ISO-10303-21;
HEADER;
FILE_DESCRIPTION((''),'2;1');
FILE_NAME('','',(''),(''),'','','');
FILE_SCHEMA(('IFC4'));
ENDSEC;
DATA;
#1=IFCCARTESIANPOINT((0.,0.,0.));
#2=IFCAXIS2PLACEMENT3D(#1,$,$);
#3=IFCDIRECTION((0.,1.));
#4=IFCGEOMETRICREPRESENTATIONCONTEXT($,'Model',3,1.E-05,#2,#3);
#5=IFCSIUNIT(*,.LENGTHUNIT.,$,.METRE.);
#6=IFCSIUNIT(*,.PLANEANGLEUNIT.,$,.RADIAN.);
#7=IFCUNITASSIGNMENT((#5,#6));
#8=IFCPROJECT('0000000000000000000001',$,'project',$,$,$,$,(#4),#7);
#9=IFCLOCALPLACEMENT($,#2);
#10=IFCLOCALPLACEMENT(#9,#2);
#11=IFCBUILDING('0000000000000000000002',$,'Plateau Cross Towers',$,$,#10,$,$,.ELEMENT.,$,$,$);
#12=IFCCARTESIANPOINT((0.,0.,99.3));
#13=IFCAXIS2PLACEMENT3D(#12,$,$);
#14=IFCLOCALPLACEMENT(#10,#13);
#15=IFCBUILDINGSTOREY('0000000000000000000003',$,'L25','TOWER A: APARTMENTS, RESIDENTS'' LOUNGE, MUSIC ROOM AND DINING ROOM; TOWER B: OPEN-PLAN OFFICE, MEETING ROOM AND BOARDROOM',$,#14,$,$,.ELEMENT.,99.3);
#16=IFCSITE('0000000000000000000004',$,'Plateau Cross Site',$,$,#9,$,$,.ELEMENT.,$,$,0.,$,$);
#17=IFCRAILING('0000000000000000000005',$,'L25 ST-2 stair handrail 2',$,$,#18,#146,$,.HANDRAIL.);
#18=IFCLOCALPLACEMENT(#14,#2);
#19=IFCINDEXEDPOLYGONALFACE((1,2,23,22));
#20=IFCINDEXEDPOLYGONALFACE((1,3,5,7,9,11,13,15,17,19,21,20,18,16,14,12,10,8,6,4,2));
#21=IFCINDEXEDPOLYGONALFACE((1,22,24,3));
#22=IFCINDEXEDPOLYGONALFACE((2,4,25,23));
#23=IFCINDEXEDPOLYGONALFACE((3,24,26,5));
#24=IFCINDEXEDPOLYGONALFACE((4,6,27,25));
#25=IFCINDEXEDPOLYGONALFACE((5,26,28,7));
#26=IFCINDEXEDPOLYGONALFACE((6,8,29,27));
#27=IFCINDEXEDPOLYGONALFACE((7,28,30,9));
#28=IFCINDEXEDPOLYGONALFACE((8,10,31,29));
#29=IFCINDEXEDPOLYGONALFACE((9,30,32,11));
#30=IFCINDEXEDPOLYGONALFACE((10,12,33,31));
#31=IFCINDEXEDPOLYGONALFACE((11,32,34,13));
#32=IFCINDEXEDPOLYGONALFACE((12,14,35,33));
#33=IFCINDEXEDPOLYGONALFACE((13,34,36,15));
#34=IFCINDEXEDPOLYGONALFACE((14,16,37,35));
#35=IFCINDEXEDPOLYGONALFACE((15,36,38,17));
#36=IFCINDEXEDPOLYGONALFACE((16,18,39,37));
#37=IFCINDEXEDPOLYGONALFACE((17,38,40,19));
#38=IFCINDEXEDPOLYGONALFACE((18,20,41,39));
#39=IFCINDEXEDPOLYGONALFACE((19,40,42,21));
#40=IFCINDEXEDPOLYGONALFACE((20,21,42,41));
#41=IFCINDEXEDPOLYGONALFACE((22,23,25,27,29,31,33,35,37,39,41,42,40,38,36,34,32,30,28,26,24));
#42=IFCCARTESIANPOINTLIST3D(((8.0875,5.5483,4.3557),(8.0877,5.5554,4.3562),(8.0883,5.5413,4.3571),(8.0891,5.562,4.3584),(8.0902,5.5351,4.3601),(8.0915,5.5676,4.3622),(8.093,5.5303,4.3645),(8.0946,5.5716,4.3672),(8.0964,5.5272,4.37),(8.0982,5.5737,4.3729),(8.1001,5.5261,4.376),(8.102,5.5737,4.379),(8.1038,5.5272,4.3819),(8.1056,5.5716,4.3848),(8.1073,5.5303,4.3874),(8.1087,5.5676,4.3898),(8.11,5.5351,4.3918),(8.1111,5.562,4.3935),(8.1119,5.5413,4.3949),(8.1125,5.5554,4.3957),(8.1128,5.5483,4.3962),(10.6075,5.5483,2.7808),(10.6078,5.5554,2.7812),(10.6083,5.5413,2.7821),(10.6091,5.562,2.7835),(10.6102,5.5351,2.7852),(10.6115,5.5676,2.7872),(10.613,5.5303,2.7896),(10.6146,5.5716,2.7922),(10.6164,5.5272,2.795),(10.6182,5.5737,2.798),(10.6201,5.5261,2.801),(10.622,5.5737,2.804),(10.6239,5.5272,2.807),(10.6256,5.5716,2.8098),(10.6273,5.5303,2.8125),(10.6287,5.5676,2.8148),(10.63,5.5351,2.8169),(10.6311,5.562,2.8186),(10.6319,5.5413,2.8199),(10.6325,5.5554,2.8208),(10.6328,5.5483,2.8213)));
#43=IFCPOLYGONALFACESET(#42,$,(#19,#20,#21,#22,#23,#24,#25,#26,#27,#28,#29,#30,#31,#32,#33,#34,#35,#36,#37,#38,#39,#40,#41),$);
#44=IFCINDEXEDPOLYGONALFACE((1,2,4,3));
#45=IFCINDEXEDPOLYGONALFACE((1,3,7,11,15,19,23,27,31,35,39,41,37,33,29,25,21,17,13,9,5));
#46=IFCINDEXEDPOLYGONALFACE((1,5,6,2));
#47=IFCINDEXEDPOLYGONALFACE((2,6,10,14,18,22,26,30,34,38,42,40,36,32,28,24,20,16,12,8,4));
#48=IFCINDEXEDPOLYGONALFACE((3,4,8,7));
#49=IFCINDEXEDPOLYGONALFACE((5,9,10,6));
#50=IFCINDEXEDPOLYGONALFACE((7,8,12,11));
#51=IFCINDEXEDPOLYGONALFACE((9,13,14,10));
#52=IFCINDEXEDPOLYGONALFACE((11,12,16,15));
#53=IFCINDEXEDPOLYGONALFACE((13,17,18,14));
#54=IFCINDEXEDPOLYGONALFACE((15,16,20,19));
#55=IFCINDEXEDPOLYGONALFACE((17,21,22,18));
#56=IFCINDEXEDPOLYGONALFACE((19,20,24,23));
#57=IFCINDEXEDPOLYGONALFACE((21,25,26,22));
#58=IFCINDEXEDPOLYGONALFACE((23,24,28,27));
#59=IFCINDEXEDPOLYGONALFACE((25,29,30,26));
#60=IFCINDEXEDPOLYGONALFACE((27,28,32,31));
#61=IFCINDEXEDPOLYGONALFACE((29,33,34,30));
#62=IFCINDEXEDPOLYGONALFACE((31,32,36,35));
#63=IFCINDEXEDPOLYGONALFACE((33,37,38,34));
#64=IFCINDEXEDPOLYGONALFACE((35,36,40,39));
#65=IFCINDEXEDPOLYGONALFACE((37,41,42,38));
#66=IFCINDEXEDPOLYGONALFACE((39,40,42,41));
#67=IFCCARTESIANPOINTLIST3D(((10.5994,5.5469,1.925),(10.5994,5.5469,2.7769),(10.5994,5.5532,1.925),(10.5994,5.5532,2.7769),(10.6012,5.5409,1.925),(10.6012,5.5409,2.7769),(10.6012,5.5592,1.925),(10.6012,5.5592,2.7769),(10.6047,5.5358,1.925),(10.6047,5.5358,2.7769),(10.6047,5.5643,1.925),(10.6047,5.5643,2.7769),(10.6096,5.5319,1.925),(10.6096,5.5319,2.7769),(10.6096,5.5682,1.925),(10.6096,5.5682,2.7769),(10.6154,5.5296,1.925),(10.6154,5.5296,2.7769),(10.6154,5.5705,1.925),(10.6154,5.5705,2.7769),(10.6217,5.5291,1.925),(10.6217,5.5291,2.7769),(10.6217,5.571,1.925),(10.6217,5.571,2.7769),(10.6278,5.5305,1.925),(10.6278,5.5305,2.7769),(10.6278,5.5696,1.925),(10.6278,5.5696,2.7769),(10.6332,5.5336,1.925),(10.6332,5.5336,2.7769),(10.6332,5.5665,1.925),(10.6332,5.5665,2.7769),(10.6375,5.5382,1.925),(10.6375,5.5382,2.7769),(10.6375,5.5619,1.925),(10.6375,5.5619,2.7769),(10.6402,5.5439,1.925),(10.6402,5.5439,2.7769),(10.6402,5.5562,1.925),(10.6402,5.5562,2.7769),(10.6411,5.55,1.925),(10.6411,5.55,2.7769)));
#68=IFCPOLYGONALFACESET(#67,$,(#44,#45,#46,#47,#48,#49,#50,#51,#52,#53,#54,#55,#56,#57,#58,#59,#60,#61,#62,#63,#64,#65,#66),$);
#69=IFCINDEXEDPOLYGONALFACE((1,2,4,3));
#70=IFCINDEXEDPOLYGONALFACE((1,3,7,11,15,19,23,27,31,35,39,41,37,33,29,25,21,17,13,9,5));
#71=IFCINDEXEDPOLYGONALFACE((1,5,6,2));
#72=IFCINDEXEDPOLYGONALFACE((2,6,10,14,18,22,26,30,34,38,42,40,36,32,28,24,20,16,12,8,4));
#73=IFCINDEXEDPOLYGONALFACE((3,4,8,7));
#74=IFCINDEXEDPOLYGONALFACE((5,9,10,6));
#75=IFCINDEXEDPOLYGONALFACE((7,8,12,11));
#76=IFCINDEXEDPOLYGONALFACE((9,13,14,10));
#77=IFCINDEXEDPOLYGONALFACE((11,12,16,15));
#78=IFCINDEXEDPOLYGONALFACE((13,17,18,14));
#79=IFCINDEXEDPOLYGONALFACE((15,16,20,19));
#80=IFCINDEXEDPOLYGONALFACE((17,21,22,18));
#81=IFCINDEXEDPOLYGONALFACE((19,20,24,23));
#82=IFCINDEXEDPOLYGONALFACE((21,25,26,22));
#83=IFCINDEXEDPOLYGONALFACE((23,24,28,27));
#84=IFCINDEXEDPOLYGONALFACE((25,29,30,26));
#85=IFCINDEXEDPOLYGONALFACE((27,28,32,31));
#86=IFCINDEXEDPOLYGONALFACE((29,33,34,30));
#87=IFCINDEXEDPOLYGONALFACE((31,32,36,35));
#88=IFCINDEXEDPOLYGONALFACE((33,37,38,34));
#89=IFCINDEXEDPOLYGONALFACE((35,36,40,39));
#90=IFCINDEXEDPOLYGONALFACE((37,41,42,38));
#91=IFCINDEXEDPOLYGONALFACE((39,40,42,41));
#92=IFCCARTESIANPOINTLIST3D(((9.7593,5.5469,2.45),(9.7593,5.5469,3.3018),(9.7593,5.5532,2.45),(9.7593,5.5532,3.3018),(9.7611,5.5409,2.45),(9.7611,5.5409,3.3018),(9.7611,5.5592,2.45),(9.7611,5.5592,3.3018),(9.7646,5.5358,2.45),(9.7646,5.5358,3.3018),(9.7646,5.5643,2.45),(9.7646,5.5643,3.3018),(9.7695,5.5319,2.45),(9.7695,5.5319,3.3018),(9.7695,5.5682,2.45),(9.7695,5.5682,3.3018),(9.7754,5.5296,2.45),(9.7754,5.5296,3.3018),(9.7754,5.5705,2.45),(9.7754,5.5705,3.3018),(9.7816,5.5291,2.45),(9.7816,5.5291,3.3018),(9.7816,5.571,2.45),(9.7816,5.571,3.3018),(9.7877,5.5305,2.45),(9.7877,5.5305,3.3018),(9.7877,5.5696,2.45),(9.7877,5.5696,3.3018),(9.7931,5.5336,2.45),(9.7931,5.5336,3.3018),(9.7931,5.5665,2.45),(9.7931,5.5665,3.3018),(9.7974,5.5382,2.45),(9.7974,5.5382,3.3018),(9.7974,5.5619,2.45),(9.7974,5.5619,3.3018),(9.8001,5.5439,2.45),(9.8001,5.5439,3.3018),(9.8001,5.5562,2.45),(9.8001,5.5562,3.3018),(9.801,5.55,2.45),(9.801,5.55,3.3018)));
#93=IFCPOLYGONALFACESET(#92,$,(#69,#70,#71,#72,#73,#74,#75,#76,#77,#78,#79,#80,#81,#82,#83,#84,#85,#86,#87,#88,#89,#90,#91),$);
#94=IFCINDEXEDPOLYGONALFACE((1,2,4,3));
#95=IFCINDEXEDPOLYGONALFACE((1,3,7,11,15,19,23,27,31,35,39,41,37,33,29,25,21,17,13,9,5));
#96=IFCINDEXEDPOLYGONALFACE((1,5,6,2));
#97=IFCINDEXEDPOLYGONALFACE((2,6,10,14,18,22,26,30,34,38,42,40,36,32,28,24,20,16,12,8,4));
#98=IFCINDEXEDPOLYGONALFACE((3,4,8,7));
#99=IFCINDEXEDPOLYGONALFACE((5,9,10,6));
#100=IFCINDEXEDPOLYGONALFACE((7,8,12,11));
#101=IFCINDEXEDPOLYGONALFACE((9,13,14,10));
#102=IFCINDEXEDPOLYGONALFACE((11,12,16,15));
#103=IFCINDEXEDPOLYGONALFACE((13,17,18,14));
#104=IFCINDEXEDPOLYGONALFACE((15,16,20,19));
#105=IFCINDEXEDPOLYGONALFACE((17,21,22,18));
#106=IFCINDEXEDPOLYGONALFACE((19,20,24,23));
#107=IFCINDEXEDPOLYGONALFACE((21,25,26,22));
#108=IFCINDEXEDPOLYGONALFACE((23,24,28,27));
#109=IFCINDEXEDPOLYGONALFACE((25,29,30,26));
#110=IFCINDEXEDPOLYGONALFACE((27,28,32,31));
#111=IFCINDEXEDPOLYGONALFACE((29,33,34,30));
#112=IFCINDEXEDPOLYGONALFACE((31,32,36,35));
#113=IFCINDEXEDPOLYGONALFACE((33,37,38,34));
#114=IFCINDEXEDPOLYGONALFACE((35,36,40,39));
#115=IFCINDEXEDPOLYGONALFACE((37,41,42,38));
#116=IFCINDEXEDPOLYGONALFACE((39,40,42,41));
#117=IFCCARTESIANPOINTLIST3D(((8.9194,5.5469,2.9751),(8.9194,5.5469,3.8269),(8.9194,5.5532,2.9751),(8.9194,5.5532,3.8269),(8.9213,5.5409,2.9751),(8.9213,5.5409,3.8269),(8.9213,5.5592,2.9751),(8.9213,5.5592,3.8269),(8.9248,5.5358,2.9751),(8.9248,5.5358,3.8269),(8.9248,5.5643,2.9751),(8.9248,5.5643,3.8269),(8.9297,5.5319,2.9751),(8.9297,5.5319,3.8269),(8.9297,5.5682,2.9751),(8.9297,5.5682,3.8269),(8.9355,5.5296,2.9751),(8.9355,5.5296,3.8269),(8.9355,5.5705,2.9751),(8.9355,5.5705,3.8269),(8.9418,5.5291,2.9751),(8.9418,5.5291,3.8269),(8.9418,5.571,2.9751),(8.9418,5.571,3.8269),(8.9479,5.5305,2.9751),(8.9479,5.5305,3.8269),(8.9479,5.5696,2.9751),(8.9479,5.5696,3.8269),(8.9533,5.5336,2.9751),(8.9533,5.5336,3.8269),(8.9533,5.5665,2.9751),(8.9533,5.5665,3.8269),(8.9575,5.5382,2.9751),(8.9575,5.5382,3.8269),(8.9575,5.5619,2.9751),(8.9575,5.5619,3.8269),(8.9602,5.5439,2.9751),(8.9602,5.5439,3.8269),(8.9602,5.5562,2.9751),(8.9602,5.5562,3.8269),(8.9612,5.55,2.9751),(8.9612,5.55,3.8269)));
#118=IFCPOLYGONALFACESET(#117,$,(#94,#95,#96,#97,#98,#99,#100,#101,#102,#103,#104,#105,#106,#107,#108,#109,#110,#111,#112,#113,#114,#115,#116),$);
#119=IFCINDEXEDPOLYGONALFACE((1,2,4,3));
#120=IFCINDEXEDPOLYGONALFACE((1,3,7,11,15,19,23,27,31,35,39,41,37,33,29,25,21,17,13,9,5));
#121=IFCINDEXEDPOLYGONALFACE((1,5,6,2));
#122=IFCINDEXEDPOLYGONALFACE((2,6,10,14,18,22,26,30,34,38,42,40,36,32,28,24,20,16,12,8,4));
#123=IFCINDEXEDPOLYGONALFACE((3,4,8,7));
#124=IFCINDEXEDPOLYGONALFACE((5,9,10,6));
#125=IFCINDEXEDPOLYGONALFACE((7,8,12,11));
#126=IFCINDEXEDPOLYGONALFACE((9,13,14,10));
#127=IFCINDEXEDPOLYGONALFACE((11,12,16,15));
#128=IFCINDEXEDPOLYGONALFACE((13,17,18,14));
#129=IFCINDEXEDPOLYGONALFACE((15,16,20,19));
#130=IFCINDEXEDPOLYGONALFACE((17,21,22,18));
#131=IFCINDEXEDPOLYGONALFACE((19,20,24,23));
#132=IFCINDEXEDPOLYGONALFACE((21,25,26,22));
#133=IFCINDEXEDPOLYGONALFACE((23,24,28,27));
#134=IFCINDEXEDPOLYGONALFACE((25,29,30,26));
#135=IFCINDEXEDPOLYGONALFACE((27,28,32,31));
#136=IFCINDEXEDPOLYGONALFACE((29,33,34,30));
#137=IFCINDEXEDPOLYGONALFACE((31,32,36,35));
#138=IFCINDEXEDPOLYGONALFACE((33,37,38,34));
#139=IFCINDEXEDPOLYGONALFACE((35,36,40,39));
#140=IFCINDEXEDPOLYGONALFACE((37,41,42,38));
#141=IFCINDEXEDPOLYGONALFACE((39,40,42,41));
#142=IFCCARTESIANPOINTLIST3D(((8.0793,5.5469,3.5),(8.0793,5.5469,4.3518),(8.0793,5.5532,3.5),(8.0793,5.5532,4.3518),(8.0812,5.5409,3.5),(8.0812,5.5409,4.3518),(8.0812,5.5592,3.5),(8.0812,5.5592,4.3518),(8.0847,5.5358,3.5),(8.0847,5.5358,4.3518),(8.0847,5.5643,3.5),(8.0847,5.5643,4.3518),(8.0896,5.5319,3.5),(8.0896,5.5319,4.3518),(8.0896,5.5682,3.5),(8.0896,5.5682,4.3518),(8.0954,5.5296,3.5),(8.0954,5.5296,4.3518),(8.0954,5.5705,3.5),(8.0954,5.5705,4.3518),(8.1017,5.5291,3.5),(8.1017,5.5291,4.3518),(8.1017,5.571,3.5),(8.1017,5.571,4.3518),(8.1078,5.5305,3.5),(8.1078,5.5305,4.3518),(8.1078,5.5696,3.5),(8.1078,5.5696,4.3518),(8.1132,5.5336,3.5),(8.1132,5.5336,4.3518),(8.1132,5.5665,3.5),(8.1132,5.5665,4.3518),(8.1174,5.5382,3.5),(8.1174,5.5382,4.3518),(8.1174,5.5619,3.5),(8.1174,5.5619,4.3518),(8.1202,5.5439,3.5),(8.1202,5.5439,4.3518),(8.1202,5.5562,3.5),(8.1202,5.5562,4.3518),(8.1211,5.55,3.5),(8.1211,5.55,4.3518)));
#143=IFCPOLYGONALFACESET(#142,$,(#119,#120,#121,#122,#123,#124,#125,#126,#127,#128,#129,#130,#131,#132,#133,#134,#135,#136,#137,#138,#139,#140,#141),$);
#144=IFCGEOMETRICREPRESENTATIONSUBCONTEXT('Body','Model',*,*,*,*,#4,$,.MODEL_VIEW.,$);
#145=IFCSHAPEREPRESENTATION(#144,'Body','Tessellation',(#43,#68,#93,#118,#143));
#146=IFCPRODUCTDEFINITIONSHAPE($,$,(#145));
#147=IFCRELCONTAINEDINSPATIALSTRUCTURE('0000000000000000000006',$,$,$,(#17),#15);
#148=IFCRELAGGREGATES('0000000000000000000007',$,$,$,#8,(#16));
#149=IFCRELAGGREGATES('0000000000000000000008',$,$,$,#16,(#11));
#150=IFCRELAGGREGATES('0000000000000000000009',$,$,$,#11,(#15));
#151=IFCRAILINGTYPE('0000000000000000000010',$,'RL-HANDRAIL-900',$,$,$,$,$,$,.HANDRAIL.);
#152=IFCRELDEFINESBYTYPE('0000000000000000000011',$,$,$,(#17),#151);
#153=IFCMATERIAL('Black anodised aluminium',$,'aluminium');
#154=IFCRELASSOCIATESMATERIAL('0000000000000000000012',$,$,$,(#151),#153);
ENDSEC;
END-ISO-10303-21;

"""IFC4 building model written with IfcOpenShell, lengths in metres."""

from ifc_helpers import new_model, si_unit, direction, frame, origin, origin_2d, place, context, subcontext, project, spatial, circle, extrude, material, type_object, element, save


model = new_model("IFC4")

# Units and contexts
model_context = context("Model", 3, precision=1e-05, world=origin(), true_north=direction((0.0, 1.0)))
body_context = subcontext(model_context, "Body", "Model", "MODEL_VIEW")
ifc_project = project(units=[si_unit("LENGTHUNIT", "METRE"), si_unit("PLANEANGLEUNIT", "RADIAN")], contexts=[model_context])

# Site, building, storey
site_placement = place(None, origin())
site = spatial("IfcSite", under=ifc_project, at=site_placement, Name="Plateau Cross Site", CompositionType="ELEMENT", RefElevation=0.0)
building_placement = place(site_placement, origin())
building = spatial("IfcBuilding", under=site, at=building_placement, Name="Plateau Cross Towers", CompositionType="ELEMENT")
storey_placement = place(building_placement, frame((0.0, 0.0, 99.3)))
storey = spatial("IfcBuildingStorey", under=building, at=storey_placement, Name="L25", Description="TOWER A: APARTMENTS, RESIDENTS' LOUNGE, MUSIC ROOM AND DINING ROOM; TOWER B: OPEN-PLAN OFFICE, MEETING ROOM AND BOARDROOM", CompositionType="ELEMENT", Elevation=99.3)

# Shared definitions
ifc_material_1 = material(Name="Black anodised aluminium", Category="aluminium")

# Railing
railing_type_1 = type_object("IfcRailingType", Name="RL-HANDRAIL-900", PredefinedType="HANDRAIL", material=ifc_material_1)
railing_1_placement = place(storey_placement, frame((10.6201, 5.55, 1.925)))
element("IfcRailing", 1, at=railing_1_placement, inside=storey, type_object=railing_type_1, Name="L25 ST-2 stair handrail 2", PredefinedType="HANDRAIL", context=body_context, shape_type="SweptSolid", body=[
    extrude(circle(Radius=0.0239, at=origin_2d()), frame((0.0, 0.0, 0.876), z_axis=(-0.848008, 0.0, 0.529984), x_axis=(0.0, -1.0, 0.0)), (0.0, 0.0, 1.0), 2.9717),
    extrude(circle(Radius=0.021, at=origin_2d()), origin(), (0.0, 0.0, 1.0), 0.8518),
    extrude(circle(Radius=0.021, at=origin_2d()), frame((-0.8401, 0.0, 0.5249)), (0.0, 0.0, 1.0), 0.8518),
    extrude(circle(Radius=0.021, at=origin_2d()), frame((-1.6799, 0.0, 1.05)), (0.0, 0.0, 1.0), 0.8518),
    extrude(circle(Radius=0.021, at=origin_2d()), frame((-2.52, 0.0, 1.575)), (0.0, 0.0, 1.0), 0.8518),
])

save(model, "model.ifc")
